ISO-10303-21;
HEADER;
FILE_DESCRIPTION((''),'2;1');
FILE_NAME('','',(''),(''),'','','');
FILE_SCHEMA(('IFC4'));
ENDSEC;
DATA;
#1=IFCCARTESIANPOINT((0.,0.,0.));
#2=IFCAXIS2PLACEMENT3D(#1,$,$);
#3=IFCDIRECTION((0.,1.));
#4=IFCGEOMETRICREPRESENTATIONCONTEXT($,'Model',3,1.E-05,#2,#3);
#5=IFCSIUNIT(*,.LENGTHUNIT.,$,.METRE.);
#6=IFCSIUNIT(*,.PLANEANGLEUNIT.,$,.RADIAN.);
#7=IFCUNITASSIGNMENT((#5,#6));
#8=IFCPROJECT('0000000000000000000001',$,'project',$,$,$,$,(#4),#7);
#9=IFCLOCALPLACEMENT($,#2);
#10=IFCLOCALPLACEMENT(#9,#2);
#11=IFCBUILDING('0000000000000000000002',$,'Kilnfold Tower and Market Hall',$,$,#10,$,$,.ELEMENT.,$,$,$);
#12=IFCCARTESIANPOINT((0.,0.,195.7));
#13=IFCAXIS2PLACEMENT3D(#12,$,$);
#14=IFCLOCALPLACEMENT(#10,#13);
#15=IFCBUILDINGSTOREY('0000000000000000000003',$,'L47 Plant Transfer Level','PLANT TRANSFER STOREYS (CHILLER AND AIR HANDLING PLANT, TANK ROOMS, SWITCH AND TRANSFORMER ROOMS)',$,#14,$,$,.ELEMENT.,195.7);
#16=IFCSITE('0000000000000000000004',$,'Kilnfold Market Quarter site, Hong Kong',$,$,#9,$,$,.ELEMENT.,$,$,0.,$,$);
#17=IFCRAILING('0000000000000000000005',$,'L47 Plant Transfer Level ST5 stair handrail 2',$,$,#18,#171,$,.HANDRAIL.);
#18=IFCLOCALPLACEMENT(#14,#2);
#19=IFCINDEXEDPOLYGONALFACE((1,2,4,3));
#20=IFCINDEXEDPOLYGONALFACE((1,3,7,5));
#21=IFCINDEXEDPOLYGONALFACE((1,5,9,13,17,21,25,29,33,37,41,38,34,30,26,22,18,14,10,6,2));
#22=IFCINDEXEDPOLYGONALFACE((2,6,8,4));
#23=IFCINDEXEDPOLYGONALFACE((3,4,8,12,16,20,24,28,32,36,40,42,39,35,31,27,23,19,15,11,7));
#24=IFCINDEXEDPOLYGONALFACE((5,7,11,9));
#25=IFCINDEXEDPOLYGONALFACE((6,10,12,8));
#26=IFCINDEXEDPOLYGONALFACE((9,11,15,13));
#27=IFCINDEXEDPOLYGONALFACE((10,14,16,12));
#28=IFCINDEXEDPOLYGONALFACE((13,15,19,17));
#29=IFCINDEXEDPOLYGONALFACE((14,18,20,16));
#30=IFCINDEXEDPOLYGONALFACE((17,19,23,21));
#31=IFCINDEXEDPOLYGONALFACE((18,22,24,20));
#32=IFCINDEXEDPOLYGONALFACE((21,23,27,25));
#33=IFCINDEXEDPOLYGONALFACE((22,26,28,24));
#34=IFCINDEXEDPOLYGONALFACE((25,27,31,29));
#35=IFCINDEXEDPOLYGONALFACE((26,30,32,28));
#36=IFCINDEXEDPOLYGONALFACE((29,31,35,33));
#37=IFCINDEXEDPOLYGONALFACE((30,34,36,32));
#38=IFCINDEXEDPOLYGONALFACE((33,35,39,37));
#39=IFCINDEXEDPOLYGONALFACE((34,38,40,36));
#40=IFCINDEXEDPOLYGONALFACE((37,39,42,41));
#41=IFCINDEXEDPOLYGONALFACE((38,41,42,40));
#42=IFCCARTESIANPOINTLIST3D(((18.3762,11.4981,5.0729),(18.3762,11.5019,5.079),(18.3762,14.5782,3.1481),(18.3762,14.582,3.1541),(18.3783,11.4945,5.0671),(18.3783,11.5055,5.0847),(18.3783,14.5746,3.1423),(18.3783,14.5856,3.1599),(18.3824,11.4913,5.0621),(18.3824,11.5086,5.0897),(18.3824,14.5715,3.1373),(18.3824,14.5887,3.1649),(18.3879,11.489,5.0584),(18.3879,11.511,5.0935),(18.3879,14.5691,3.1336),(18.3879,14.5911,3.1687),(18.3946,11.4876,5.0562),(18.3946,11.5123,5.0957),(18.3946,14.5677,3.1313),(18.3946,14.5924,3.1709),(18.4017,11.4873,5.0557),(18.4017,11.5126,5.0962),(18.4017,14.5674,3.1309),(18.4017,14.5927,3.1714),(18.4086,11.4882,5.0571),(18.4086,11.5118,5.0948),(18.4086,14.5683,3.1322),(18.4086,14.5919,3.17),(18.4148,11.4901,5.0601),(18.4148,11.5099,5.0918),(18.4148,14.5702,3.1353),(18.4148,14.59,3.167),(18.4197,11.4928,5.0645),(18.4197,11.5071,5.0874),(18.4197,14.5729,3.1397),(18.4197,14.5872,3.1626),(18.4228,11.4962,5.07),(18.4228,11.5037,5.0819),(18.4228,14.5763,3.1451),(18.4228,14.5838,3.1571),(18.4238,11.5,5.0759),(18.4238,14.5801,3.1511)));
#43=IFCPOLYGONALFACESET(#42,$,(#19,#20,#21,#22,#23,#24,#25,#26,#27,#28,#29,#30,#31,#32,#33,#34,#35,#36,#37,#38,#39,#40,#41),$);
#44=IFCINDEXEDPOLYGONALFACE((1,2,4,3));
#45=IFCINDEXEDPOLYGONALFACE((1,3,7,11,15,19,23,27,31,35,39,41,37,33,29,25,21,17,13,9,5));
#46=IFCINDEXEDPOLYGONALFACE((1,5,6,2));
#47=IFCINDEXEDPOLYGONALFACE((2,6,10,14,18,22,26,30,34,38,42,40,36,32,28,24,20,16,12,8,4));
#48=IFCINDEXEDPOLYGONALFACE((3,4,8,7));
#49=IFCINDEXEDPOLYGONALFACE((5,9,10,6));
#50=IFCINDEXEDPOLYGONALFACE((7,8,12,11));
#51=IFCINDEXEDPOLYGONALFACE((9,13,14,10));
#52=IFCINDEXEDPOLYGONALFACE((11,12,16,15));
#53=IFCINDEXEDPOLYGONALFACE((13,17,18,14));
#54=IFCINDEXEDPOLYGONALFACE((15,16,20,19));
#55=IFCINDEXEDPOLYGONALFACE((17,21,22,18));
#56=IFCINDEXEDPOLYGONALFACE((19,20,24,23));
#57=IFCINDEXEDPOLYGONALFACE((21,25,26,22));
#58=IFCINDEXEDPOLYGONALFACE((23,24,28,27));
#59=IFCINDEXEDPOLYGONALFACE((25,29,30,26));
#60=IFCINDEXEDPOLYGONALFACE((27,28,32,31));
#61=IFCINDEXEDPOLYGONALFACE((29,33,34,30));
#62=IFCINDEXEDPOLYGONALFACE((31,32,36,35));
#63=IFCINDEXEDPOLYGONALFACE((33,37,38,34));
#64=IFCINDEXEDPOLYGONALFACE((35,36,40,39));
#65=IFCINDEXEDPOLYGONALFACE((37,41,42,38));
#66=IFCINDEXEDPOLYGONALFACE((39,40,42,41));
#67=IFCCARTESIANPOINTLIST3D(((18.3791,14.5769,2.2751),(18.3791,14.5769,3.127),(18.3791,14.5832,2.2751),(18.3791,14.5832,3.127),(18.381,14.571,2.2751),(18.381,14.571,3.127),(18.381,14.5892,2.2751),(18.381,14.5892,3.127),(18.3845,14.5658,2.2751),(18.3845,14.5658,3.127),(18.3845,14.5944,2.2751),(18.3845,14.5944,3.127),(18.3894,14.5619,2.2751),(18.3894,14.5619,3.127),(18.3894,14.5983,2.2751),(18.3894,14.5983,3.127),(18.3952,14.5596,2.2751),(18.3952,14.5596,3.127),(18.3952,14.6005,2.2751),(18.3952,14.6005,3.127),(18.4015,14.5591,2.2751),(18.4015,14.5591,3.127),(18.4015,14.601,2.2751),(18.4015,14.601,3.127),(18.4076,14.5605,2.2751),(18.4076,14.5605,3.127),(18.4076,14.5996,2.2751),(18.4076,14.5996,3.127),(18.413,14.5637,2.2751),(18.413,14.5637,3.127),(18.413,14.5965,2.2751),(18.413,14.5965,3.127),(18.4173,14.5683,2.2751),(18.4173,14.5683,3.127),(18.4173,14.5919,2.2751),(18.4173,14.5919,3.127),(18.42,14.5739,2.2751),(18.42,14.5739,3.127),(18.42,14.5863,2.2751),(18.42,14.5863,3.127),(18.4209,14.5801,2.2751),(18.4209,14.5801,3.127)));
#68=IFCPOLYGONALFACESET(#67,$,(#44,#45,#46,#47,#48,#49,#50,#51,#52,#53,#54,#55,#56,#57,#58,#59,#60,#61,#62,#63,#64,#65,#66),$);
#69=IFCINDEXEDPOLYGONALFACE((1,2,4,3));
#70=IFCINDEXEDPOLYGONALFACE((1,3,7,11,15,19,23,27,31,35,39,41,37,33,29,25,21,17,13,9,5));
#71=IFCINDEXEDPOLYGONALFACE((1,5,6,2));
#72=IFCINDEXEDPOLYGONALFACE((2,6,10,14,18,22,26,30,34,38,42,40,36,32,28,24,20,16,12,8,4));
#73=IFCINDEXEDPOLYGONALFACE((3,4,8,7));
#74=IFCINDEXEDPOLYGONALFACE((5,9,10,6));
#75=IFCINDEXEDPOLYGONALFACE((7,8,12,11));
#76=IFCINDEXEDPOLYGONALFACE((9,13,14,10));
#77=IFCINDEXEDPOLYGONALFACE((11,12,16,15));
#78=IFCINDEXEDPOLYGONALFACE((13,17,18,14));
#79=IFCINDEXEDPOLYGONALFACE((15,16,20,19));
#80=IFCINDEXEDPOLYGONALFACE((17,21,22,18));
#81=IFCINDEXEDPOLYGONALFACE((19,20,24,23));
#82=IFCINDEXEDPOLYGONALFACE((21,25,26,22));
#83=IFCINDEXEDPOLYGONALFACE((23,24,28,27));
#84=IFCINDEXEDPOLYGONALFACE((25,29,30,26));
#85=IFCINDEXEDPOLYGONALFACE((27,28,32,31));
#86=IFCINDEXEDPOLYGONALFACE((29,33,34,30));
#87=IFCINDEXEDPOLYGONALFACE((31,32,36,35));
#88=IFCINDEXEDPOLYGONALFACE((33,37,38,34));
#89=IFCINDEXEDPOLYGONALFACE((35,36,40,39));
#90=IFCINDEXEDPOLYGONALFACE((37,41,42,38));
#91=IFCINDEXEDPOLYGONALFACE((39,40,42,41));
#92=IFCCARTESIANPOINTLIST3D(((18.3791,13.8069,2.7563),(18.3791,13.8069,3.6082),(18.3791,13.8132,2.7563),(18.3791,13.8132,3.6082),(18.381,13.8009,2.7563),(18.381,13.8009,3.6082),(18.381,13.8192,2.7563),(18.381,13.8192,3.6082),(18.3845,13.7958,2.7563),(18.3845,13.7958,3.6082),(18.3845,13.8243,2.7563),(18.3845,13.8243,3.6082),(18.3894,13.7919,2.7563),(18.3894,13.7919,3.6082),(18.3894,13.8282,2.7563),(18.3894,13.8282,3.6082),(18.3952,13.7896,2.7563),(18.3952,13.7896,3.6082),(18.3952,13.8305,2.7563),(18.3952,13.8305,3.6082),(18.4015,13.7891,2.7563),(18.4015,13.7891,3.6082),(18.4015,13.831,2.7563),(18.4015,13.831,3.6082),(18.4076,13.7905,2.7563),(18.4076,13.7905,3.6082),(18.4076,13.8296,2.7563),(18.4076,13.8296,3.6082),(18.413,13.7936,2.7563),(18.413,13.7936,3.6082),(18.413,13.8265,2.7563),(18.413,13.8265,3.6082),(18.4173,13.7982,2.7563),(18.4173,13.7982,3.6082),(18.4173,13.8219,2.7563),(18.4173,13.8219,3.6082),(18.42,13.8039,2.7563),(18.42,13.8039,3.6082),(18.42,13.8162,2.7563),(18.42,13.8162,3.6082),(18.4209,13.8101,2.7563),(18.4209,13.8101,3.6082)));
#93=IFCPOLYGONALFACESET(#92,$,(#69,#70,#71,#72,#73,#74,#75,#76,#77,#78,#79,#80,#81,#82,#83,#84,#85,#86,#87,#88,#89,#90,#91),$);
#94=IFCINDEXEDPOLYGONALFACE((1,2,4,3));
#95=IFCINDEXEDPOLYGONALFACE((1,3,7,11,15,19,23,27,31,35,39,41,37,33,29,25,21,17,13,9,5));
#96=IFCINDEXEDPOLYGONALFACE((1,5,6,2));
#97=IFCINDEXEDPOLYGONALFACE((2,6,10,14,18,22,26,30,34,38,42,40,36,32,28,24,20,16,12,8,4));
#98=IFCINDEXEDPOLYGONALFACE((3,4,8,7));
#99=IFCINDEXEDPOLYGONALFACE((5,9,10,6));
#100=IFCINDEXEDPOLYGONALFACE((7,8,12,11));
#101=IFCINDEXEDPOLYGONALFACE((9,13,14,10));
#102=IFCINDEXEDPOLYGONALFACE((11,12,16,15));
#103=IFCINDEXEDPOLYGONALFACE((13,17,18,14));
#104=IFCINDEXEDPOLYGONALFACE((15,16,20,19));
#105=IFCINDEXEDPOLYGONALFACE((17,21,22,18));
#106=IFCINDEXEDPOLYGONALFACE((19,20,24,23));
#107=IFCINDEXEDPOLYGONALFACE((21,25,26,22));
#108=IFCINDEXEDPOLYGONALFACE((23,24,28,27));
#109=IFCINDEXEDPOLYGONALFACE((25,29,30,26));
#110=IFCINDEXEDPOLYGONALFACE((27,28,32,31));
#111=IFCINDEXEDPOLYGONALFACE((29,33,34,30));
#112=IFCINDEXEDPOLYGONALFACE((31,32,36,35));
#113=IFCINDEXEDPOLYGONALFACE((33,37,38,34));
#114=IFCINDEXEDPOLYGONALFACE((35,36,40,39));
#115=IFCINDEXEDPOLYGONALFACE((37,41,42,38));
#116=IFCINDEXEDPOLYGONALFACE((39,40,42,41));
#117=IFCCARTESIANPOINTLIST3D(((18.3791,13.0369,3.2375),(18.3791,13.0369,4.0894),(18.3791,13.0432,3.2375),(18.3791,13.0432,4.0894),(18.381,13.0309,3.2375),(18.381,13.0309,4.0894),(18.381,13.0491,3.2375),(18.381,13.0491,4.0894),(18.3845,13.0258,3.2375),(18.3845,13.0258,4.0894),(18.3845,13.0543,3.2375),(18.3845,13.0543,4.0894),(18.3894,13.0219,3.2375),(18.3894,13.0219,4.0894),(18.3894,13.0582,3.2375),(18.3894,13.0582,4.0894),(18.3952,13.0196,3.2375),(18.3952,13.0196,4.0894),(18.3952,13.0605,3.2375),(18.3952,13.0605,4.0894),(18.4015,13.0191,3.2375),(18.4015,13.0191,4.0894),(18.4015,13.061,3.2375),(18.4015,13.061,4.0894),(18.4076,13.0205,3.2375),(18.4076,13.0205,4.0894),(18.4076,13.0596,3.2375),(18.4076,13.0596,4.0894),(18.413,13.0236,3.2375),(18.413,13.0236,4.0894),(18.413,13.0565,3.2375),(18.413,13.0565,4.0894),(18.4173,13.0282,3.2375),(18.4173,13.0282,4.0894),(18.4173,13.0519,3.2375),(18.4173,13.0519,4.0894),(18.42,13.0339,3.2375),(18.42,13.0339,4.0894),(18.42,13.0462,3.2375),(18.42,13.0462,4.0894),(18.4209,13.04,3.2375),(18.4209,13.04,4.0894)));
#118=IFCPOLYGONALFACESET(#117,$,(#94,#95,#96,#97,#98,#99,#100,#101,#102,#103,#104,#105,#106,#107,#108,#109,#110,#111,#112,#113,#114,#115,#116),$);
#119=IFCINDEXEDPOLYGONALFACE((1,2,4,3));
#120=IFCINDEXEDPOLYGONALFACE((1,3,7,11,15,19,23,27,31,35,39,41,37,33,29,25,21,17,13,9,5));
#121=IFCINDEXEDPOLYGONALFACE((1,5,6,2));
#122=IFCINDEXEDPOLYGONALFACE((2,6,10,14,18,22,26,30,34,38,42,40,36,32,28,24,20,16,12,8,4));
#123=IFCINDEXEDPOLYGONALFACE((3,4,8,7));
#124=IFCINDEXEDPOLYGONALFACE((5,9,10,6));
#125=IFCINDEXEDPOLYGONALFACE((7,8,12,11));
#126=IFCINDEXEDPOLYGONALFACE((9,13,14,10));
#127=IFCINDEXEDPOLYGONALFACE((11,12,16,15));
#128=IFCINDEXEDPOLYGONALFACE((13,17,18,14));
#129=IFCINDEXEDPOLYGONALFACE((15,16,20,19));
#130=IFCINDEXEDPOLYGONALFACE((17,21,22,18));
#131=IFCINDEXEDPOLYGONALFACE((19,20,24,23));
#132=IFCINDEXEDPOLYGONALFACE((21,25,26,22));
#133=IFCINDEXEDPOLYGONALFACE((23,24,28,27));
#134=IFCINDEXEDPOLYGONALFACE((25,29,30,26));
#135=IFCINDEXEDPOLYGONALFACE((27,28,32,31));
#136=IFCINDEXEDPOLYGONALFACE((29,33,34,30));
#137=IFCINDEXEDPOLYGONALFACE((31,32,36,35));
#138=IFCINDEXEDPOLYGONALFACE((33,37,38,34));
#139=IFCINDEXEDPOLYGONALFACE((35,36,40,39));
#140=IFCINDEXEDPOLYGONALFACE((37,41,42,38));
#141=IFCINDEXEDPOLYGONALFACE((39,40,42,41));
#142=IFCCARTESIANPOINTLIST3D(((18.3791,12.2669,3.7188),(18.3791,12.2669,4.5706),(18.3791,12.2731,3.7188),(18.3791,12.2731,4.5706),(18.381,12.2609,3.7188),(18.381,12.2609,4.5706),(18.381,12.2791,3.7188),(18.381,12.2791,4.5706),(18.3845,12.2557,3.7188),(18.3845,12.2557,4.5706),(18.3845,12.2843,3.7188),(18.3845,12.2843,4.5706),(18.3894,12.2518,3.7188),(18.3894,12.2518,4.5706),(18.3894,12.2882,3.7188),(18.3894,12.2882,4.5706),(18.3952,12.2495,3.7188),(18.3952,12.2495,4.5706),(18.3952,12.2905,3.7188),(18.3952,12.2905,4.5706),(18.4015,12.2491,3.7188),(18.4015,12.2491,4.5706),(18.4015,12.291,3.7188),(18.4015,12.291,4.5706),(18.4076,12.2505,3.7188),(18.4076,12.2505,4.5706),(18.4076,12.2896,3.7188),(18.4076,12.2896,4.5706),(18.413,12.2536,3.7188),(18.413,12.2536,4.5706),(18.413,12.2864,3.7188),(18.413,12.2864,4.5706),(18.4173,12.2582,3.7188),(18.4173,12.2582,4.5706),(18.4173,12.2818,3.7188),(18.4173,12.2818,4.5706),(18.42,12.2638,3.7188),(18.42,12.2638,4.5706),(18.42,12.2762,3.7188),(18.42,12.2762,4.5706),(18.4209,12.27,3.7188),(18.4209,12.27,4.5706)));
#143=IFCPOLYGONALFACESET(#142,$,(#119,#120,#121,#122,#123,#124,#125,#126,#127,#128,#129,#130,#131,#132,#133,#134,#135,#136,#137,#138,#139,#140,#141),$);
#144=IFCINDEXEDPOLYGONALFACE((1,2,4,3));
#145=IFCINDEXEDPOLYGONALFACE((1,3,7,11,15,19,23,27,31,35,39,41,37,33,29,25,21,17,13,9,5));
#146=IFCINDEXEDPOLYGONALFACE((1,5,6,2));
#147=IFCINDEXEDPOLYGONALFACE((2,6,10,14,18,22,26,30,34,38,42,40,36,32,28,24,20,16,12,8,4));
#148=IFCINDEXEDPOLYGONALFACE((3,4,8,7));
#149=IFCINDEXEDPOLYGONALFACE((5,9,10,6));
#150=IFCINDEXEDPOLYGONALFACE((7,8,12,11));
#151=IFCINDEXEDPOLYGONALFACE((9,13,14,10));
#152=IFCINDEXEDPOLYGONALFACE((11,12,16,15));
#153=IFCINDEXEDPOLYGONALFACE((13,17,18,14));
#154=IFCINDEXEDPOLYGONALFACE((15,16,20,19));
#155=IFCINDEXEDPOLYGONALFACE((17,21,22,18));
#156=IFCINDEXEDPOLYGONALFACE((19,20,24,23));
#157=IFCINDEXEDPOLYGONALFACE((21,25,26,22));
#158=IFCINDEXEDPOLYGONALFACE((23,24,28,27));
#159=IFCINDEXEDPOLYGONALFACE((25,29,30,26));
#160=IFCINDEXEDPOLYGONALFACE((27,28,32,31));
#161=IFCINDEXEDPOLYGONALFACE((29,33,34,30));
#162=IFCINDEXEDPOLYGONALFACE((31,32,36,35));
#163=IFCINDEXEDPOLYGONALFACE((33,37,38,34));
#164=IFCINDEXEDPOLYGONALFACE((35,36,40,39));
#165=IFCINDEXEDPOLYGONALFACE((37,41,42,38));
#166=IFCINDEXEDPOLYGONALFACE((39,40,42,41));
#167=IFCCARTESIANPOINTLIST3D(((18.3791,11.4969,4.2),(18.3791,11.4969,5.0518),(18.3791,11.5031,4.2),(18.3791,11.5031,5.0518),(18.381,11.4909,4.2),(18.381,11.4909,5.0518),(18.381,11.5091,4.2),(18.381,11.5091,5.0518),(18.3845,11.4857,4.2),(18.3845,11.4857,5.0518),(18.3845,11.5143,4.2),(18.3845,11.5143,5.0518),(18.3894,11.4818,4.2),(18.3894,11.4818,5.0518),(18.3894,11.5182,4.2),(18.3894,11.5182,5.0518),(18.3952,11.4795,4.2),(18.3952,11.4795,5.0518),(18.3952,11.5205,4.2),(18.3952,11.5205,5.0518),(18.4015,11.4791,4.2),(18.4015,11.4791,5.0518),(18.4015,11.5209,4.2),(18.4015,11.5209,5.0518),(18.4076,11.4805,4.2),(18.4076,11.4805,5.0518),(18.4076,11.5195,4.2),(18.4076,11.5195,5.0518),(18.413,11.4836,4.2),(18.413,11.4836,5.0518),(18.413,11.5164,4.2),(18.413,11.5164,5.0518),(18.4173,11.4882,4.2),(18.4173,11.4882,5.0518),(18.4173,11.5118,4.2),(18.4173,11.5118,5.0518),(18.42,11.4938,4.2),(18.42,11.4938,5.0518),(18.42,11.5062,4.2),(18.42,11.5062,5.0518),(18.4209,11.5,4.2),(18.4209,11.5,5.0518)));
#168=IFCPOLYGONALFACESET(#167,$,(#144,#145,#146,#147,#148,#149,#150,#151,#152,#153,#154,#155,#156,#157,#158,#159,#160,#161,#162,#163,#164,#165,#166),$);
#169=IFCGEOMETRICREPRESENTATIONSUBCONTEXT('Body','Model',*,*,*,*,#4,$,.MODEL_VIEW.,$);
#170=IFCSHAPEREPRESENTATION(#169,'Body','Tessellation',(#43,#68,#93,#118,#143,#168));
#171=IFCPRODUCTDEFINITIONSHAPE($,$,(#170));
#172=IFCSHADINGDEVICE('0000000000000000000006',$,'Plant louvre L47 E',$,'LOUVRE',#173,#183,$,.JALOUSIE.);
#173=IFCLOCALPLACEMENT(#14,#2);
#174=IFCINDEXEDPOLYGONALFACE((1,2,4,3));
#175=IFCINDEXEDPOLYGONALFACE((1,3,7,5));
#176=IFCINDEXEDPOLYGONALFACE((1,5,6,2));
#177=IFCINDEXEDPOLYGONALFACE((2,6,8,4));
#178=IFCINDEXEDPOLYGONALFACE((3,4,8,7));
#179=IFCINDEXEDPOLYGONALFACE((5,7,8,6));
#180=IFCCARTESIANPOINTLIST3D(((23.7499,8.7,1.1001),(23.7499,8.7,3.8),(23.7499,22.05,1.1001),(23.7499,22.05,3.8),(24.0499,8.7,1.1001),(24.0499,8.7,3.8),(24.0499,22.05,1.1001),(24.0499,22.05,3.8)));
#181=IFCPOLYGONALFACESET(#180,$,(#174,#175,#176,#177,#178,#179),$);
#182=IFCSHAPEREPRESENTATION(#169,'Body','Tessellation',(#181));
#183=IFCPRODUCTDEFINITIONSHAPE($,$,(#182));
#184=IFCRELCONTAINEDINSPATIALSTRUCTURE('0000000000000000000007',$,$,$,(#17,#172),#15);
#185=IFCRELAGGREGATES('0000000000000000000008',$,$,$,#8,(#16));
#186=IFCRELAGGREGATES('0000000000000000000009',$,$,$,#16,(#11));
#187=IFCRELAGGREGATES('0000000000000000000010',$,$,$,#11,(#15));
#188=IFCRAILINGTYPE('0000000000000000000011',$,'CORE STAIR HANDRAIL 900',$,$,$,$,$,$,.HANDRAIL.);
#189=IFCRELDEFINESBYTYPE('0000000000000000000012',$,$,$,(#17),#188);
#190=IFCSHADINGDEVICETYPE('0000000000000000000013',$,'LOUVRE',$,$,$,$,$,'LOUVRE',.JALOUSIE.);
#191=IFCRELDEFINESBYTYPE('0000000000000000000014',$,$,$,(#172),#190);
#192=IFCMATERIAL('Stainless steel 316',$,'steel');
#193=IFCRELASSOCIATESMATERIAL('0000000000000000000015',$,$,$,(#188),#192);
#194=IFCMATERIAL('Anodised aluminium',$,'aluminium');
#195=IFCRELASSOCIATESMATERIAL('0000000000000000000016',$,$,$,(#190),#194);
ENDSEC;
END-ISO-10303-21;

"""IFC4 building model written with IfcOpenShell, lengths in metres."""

from ifc_helpers import new_model, si_unit, direction, frame, origin, origin_2d, place, context, subcontext, project, spatial, rectangle, circle, extrude, source, transform, mapped, material, type_object, element, save


model = new_model("IFC4")

# Units and contexts
model_context = context("Model", 3, precision=1e-05, world=origin(), true_north=direction((0.0, 1.0)))
body_context = subcontext(model_context, "Body", "Model", "MODEL_VIEW")
ifc_project = project(units=[si_unit("LENGTHUNIT", "METRE"), si_unit("PLANEANGLEUNIT", "RADIAN")], contexts=[model_context])

# Site, building, storey
site_placement = place(None, origin())
site = spatial("IfcSite", under=ifc_project, at=site_placement, Name="Kilnfold Market Quarter site, Hong Kong", CompositionType="ELEMENT", RefElevation=0.0)
building_placement = place(site_placement, origin())
building = spatial("IfcBuilding", under=site, at=building_placement, Name="Kilnfold Tower and Market Hall", CompositionType="ELEMENT")
storey_placement = place(building_placement, frame((0.0, 0.0, 195.7)))
storey = spatial("IfcBuildingStorey", under=building, at=storey_placement, Name="L47 Plant Transfer Level", Description="PLANT TRANSFER STOREYS (CHILLER AND AIR HANDLING PLANT, TANK ROOMS, SWITCH AND TRANSFORMER ROOMS)", CompositionType="ELEMENT", Elevation=195.7)

# Railing
ifc_material_1 = material(Name="Stainless steel 316", Category="steel")
railing_type_1 = type_object("IfcRailingType", Name="CORE STAIR HANDRAIL 900", PredefinedType="HANDRAIL", material=ifc_material_1)
railing_1_placement = place(storey_placement, frame((18.3999, 14.5801, 2.2751)))
element("IfcRailing", 1, at=railing_1_placement, inside=storey, type_object=railing_type_1, Name="L47 Plant Transfer Level ST5 stair handrail 2", PredefinedType="HANDRAIL", context=body_context, shape_type="SweptSolid", body=[
    extrude(circle(Radius=0.0239, at=origin_2d()), frame((0.0, 0.0, 0.876), z_axis=(0.0, -0.848029, 0.529951), x_axis=(1.0, 0.0, 0.0)), (0.0, 0.0, 1.0), 3.6321),
    extrude(circle(Radius=0.021, at=origin_2d()), origin(), (0.0, 0.0, 1.0), 0.8518),
    extrude(circle(Radius=0.021, at=origin_2d()), frame((0.0, -0.77, 0.4812)), (0.0, 0.0, 1.0), 0.8518),
    extrude(circle(Radius=0.021, at=origin_2d()), frame((0.0, -1.54, 0.9624)), (0.0, 0.0, 1.0), 0.8518),
    extrude(circle(Radius=0.021, at=origin_2d()), frame((0.0, -2.3101, 1.4436)), (0.0, 0.0, 1.0), 0.8518),
    extrude(circle(Radius=0.021, at=origin_2d()), frame((0.0, -3.0801, 1.9248)), (0.0, 0.0, 1.0), 0.8518),
])

# Shading device
ifc_material_2 = material(Name="Anodised aluminium", Category="aluminium")
shading_device_type = type_object("IfcShadingDeviceType", Name="LOUVRE", ElementType="LOUVRE", PredefinedType="JALOUSIE", material=ifc_material_2)
shared_shape_1 = source(origin(), body_context, "Body", "SweptSolid", [
    extrude(rectangle(XDim=13.3501, YDim=0.3, at=origin_2d()), origin(), (0.0, 0.0, 1.0), 2.7),
])
shading_device_placement = place(storey_placement, frame((23.8999, 15.375, 1.1001), z_axis=(0.0, 0.0, 1.0), x_axis=(0.0, 1.0, 0.0)))
element("IfcShadingDevice", 2, at=shading_device_placement, inside=storey, type_object=shading_device_type, Name="Plant louvre L47 E", ObjectType="LOUVRE", PredefinedType="JALOUSIE", context=body_context, shape_type="MappedRepresentation", body=[
    mapped(shared_shape_1, transform((0.0, 0.0, 0.0))),
])

save(model, "model.ifc")
